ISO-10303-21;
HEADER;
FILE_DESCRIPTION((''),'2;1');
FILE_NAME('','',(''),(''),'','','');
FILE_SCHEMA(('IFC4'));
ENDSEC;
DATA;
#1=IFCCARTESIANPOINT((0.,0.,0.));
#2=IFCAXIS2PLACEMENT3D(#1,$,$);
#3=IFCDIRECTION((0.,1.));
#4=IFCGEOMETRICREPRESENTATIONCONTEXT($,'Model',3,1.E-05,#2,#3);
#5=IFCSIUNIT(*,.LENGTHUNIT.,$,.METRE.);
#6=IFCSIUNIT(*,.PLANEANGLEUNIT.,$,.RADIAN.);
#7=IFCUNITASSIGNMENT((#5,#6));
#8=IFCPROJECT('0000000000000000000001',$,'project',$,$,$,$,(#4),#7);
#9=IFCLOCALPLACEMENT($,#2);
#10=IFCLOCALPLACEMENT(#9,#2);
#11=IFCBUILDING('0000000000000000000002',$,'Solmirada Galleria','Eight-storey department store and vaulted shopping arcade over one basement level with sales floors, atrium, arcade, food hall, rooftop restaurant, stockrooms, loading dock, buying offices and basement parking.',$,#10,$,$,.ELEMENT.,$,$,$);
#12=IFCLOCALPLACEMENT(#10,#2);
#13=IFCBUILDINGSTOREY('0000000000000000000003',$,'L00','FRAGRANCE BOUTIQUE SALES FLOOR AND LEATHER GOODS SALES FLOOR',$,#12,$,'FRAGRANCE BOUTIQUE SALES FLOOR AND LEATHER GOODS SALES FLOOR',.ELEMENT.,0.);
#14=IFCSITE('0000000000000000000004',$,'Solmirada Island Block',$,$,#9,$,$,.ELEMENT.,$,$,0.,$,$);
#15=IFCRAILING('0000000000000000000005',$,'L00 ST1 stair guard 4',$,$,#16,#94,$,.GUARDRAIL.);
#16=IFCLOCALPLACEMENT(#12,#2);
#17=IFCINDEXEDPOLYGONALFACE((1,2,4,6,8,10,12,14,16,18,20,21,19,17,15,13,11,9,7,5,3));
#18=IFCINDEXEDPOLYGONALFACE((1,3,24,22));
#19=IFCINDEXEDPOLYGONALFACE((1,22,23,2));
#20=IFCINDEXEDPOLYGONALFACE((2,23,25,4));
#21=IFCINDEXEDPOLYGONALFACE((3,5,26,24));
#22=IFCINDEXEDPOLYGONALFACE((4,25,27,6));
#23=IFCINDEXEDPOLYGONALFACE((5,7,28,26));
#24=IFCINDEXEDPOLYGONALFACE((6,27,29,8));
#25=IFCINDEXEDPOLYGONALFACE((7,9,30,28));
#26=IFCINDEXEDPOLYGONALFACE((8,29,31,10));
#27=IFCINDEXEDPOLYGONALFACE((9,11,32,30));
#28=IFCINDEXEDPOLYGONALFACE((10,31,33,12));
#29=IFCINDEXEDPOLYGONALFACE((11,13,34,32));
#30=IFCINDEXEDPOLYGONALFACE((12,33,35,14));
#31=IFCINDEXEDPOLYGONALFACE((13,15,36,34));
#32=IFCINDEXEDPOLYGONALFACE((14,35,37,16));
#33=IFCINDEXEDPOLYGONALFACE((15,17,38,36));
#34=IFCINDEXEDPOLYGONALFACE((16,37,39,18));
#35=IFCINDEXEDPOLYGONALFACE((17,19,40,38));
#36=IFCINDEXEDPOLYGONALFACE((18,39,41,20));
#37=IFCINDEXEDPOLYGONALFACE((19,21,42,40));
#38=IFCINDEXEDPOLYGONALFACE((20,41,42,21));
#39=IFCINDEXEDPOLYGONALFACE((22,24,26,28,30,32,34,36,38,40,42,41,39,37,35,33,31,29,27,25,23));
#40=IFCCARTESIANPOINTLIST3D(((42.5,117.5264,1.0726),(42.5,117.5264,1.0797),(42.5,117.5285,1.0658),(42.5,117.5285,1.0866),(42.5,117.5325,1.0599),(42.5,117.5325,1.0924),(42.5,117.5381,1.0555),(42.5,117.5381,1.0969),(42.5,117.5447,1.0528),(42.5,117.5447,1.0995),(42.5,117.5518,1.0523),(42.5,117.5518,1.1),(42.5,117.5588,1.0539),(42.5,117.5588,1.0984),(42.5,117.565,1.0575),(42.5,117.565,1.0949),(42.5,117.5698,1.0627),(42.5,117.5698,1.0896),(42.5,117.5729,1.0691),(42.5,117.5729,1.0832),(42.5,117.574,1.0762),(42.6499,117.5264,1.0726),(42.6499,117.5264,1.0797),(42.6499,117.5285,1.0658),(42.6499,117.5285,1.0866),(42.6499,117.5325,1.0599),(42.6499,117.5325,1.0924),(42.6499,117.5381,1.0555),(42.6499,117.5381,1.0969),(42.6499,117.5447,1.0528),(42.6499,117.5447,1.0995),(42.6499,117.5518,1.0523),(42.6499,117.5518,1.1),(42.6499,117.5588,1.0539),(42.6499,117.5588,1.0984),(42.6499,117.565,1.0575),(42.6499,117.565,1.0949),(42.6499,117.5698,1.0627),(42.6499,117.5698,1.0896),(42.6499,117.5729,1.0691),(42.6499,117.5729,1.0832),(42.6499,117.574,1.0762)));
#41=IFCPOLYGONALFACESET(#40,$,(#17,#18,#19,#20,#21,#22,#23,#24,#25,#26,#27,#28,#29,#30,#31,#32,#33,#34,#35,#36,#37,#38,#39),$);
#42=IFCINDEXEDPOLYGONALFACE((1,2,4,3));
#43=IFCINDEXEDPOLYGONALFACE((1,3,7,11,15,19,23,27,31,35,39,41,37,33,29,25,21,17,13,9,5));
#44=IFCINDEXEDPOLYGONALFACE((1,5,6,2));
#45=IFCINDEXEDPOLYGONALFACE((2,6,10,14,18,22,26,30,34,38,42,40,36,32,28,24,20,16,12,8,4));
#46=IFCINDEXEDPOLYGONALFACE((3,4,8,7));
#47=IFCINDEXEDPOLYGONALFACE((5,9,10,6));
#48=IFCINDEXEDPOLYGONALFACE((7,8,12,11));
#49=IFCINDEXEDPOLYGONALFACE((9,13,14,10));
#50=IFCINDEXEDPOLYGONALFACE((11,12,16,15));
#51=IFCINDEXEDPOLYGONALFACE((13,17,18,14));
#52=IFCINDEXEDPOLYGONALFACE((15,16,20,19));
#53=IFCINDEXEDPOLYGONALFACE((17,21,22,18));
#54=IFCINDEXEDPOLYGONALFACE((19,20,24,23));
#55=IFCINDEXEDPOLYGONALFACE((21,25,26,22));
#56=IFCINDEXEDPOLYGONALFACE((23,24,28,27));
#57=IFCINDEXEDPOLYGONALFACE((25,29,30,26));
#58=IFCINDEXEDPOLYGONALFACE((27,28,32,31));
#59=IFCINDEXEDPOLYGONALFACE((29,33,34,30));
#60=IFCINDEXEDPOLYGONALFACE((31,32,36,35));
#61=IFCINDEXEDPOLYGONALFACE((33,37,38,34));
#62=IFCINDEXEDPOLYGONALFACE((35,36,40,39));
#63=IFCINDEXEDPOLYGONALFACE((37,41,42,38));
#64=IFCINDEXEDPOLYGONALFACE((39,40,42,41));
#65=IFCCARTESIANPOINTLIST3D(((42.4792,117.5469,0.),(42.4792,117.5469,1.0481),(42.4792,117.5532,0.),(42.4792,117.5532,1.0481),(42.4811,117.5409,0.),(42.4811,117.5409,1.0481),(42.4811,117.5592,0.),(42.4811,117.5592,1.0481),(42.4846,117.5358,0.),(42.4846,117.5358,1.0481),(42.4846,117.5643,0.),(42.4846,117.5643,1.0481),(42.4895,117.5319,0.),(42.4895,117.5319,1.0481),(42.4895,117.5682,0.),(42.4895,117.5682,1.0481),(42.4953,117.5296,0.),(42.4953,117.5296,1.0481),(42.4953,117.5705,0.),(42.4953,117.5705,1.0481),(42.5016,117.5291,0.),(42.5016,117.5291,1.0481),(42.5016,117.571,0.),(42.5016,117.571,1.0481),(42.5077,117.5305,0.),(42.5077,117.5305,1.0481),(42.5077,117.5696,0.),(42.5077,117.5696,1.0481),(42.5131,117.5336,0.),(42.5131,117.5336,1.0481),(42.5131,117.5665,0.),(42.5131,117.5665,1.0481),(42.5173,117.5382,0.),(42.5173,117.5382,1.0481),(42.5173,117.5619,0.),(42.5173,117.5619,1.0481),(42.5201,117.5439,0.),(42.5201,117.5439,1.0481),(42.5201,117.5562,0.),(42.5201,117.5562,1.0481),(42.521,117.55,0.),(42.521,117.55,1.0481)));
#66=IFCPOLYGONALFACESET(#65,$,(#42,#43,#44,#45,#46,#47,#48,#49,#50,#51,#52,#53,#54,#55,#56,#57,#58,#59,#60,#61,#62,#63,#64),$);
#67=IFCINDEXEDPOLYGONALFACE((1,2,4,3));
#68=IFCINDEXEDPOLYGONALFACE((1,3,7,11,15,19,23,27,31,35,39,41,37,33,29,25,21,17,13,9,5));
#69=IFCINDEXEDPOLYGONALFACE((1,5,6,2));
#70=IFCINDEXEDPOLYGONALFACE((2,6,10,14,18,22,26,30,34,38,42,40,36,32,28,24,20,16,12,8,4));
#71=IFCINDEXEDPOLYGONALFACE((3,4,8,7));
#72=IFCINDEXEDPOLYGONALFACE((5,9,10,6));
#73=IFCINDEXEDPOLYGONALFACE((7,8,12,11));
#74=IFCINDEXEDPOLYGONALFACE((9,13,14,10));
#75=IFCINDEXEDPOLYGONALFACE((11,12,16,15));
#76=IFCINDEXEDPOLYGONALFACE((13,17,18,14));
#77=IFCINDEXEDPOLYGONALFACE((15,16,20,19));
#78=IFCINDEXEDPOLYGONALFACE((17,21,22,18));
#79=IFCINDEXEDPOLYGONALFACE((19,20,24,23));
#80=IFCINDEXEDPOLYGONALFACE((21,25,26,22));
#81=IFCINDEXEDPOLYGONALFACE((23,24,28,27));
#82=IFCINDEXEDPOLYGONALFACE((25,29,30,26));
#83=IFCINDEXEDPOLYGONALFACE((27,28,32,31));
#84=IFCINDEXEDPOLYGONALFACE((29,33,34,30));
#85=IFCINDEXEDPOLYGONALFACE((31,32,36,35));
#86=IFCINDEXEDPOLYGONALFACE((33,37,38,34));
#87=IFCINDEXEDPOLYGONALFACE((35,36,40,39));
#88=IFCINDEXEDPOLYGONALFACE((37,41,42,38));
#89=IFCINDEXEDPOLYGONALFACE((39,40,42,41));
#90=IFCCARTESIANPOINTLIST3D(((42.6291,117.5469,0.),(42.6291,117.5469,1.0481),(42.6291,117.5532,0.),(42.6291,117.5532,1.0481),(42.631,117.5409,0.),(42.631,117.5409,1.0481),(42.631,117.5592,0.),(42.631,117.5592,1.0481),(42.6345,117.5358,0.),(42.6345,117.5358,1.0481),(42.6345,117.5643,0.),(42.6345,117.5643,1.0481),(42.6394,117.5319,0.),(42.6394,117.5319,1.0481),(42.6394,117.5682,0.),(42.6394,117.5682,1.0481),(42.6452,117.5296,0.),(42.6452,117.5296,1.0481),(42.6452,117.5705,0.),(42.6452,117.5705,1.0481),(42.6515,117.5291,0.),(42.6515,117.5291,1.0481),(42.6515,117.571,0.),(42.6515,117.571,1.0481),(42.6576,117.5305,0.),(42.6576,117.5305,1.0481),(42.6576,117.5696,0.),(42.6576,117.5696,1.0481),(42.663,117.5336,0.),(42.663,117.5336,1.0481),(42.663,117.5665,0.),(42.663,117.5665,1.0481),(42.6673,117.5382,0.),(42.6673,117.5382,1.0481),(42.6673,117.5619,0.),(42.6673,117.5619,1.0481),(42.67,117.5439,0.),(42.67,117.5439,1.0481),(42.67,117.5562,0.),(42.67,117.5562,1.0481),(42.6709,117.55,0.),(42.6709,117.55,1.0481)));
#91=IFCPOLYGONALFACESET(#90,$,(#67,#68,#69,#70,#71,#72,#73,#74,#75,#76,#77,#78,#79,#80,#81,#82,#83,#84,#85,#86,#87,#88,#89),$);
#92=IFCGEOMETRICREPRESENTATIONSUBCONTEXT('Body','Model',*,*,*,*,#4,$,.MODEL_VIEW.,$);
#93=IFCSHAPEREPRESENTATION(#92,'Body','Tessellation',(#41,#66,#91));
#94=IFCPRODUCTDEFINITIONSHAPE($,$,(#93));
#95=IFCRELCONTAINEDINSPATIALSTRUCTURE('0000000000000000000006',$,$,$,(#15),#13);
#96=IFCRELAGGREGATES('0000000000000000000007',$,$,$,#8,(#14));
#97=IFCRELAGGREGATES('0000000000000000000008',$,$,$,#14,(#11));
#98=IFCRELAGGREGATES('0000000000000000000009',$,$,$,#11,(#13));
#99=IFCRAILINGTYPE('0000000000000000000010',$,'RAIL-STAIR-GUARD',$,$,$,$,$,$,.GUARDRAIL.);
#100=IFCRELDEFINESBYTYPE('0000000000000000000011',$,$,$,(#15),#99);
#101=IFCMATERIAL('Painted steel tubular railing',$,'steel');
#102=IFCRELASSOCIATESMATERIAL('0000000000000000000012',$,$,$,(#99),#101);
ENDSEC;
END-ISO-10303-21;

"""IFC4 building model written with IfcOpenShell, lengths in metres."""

from ifc_helpers import new_model, si_unit, direction, frame, origin, origin_2d, place, context, subcontext, project, spatial, circle, extrude, material, type_object, element, save


model = new_model("IFC4")

# Units and contexts
model_context = context("Model", 3, precision=1e-05, world=origin(), true_north=direction((0.0, 1.0)))
body_context = subcontext(model_context, "Body", "Model", "MODEL_VIEW")
ifc_project = project(units=[si_unit("LENGTHUNIT", "METRE"), si_unit("PLANEANGLEUNIT", "RADIAN")], contexts=[model_context])

# Site, building, storey
site_placement = place(None, origin())
site = spatial("IfcSite", under=ifc_project, at=site_placement, Name="Solmirada Island Block", CompositionType="ELEMENT", RefElevation=0.0)
building_placement = place(site_placement, origin())
building = spatial("IfcBuilding", under=site, at=building_placement, Name="Solmirada Galleria", Description="Eight-storey department store and vaulted shopping arcade over one basement level with sales floors, atrium, arcade, food hall, rooftop restaurant, stockrooms, loading dock, buying offices and basement parking.", CompositionType="ELEMENT")
storey_placement = place(building_placement, origin())
storey = spatial("IfcBuildingStorey", under=building, at=storey_placement, Name="L00", Description="FRAGRANCE BOUTIQUE SALES FLOOR AND LEATHER GOODS SALES FLOOR", LongName="FRAGRANCE BOUTIQUE SALES FLOOR AND LEATHER GOODS SALES FLOOR", CompositionType="ELEMENT", Elevation=0.0)

# Railing
ifc_material_1 = material(Name="Painted steel tubular railing", Category="steel")
railing_type_1 = type_object("IfcRailingType", Name="RAIL-STAIR-GUARD", PredefinedType="GUARDRAIL", material=ifc_material_1)
railing_1_placement = place(storey_placement, frame((42.5, 117.55, 0.0)))
element("IfcRailing", 1, at=railing_1_placement, inside=storey, type_object=railing_type_1, Name="L00 ST1 stair guard 4", PredefinedType="GUARDRAIL", context=body_context, shape_type="SweptSolid", body=[
    extrude(circle(Radius=0.0239, at=origin_2d()), frame((0.0, 0.0, 1.0762), z_axis=(1.0, 0.0, 0.0), x_axis=(0.0, 1.0, 0.0)), (0.0, 0.0, 1.0), 0.1499),
    extrude(circle(Radius=0.021, at=origin_2d()), origin(), (0.0, 0.0, 1.0), 1.0481),
    extrude(circle(Radius=0.021, at=origin_2d()), frame((0.1499, 0.0, 0.0)), (0.0, 0.0, 1.0), 1.0481),
])

save(model, "model.ifc")
